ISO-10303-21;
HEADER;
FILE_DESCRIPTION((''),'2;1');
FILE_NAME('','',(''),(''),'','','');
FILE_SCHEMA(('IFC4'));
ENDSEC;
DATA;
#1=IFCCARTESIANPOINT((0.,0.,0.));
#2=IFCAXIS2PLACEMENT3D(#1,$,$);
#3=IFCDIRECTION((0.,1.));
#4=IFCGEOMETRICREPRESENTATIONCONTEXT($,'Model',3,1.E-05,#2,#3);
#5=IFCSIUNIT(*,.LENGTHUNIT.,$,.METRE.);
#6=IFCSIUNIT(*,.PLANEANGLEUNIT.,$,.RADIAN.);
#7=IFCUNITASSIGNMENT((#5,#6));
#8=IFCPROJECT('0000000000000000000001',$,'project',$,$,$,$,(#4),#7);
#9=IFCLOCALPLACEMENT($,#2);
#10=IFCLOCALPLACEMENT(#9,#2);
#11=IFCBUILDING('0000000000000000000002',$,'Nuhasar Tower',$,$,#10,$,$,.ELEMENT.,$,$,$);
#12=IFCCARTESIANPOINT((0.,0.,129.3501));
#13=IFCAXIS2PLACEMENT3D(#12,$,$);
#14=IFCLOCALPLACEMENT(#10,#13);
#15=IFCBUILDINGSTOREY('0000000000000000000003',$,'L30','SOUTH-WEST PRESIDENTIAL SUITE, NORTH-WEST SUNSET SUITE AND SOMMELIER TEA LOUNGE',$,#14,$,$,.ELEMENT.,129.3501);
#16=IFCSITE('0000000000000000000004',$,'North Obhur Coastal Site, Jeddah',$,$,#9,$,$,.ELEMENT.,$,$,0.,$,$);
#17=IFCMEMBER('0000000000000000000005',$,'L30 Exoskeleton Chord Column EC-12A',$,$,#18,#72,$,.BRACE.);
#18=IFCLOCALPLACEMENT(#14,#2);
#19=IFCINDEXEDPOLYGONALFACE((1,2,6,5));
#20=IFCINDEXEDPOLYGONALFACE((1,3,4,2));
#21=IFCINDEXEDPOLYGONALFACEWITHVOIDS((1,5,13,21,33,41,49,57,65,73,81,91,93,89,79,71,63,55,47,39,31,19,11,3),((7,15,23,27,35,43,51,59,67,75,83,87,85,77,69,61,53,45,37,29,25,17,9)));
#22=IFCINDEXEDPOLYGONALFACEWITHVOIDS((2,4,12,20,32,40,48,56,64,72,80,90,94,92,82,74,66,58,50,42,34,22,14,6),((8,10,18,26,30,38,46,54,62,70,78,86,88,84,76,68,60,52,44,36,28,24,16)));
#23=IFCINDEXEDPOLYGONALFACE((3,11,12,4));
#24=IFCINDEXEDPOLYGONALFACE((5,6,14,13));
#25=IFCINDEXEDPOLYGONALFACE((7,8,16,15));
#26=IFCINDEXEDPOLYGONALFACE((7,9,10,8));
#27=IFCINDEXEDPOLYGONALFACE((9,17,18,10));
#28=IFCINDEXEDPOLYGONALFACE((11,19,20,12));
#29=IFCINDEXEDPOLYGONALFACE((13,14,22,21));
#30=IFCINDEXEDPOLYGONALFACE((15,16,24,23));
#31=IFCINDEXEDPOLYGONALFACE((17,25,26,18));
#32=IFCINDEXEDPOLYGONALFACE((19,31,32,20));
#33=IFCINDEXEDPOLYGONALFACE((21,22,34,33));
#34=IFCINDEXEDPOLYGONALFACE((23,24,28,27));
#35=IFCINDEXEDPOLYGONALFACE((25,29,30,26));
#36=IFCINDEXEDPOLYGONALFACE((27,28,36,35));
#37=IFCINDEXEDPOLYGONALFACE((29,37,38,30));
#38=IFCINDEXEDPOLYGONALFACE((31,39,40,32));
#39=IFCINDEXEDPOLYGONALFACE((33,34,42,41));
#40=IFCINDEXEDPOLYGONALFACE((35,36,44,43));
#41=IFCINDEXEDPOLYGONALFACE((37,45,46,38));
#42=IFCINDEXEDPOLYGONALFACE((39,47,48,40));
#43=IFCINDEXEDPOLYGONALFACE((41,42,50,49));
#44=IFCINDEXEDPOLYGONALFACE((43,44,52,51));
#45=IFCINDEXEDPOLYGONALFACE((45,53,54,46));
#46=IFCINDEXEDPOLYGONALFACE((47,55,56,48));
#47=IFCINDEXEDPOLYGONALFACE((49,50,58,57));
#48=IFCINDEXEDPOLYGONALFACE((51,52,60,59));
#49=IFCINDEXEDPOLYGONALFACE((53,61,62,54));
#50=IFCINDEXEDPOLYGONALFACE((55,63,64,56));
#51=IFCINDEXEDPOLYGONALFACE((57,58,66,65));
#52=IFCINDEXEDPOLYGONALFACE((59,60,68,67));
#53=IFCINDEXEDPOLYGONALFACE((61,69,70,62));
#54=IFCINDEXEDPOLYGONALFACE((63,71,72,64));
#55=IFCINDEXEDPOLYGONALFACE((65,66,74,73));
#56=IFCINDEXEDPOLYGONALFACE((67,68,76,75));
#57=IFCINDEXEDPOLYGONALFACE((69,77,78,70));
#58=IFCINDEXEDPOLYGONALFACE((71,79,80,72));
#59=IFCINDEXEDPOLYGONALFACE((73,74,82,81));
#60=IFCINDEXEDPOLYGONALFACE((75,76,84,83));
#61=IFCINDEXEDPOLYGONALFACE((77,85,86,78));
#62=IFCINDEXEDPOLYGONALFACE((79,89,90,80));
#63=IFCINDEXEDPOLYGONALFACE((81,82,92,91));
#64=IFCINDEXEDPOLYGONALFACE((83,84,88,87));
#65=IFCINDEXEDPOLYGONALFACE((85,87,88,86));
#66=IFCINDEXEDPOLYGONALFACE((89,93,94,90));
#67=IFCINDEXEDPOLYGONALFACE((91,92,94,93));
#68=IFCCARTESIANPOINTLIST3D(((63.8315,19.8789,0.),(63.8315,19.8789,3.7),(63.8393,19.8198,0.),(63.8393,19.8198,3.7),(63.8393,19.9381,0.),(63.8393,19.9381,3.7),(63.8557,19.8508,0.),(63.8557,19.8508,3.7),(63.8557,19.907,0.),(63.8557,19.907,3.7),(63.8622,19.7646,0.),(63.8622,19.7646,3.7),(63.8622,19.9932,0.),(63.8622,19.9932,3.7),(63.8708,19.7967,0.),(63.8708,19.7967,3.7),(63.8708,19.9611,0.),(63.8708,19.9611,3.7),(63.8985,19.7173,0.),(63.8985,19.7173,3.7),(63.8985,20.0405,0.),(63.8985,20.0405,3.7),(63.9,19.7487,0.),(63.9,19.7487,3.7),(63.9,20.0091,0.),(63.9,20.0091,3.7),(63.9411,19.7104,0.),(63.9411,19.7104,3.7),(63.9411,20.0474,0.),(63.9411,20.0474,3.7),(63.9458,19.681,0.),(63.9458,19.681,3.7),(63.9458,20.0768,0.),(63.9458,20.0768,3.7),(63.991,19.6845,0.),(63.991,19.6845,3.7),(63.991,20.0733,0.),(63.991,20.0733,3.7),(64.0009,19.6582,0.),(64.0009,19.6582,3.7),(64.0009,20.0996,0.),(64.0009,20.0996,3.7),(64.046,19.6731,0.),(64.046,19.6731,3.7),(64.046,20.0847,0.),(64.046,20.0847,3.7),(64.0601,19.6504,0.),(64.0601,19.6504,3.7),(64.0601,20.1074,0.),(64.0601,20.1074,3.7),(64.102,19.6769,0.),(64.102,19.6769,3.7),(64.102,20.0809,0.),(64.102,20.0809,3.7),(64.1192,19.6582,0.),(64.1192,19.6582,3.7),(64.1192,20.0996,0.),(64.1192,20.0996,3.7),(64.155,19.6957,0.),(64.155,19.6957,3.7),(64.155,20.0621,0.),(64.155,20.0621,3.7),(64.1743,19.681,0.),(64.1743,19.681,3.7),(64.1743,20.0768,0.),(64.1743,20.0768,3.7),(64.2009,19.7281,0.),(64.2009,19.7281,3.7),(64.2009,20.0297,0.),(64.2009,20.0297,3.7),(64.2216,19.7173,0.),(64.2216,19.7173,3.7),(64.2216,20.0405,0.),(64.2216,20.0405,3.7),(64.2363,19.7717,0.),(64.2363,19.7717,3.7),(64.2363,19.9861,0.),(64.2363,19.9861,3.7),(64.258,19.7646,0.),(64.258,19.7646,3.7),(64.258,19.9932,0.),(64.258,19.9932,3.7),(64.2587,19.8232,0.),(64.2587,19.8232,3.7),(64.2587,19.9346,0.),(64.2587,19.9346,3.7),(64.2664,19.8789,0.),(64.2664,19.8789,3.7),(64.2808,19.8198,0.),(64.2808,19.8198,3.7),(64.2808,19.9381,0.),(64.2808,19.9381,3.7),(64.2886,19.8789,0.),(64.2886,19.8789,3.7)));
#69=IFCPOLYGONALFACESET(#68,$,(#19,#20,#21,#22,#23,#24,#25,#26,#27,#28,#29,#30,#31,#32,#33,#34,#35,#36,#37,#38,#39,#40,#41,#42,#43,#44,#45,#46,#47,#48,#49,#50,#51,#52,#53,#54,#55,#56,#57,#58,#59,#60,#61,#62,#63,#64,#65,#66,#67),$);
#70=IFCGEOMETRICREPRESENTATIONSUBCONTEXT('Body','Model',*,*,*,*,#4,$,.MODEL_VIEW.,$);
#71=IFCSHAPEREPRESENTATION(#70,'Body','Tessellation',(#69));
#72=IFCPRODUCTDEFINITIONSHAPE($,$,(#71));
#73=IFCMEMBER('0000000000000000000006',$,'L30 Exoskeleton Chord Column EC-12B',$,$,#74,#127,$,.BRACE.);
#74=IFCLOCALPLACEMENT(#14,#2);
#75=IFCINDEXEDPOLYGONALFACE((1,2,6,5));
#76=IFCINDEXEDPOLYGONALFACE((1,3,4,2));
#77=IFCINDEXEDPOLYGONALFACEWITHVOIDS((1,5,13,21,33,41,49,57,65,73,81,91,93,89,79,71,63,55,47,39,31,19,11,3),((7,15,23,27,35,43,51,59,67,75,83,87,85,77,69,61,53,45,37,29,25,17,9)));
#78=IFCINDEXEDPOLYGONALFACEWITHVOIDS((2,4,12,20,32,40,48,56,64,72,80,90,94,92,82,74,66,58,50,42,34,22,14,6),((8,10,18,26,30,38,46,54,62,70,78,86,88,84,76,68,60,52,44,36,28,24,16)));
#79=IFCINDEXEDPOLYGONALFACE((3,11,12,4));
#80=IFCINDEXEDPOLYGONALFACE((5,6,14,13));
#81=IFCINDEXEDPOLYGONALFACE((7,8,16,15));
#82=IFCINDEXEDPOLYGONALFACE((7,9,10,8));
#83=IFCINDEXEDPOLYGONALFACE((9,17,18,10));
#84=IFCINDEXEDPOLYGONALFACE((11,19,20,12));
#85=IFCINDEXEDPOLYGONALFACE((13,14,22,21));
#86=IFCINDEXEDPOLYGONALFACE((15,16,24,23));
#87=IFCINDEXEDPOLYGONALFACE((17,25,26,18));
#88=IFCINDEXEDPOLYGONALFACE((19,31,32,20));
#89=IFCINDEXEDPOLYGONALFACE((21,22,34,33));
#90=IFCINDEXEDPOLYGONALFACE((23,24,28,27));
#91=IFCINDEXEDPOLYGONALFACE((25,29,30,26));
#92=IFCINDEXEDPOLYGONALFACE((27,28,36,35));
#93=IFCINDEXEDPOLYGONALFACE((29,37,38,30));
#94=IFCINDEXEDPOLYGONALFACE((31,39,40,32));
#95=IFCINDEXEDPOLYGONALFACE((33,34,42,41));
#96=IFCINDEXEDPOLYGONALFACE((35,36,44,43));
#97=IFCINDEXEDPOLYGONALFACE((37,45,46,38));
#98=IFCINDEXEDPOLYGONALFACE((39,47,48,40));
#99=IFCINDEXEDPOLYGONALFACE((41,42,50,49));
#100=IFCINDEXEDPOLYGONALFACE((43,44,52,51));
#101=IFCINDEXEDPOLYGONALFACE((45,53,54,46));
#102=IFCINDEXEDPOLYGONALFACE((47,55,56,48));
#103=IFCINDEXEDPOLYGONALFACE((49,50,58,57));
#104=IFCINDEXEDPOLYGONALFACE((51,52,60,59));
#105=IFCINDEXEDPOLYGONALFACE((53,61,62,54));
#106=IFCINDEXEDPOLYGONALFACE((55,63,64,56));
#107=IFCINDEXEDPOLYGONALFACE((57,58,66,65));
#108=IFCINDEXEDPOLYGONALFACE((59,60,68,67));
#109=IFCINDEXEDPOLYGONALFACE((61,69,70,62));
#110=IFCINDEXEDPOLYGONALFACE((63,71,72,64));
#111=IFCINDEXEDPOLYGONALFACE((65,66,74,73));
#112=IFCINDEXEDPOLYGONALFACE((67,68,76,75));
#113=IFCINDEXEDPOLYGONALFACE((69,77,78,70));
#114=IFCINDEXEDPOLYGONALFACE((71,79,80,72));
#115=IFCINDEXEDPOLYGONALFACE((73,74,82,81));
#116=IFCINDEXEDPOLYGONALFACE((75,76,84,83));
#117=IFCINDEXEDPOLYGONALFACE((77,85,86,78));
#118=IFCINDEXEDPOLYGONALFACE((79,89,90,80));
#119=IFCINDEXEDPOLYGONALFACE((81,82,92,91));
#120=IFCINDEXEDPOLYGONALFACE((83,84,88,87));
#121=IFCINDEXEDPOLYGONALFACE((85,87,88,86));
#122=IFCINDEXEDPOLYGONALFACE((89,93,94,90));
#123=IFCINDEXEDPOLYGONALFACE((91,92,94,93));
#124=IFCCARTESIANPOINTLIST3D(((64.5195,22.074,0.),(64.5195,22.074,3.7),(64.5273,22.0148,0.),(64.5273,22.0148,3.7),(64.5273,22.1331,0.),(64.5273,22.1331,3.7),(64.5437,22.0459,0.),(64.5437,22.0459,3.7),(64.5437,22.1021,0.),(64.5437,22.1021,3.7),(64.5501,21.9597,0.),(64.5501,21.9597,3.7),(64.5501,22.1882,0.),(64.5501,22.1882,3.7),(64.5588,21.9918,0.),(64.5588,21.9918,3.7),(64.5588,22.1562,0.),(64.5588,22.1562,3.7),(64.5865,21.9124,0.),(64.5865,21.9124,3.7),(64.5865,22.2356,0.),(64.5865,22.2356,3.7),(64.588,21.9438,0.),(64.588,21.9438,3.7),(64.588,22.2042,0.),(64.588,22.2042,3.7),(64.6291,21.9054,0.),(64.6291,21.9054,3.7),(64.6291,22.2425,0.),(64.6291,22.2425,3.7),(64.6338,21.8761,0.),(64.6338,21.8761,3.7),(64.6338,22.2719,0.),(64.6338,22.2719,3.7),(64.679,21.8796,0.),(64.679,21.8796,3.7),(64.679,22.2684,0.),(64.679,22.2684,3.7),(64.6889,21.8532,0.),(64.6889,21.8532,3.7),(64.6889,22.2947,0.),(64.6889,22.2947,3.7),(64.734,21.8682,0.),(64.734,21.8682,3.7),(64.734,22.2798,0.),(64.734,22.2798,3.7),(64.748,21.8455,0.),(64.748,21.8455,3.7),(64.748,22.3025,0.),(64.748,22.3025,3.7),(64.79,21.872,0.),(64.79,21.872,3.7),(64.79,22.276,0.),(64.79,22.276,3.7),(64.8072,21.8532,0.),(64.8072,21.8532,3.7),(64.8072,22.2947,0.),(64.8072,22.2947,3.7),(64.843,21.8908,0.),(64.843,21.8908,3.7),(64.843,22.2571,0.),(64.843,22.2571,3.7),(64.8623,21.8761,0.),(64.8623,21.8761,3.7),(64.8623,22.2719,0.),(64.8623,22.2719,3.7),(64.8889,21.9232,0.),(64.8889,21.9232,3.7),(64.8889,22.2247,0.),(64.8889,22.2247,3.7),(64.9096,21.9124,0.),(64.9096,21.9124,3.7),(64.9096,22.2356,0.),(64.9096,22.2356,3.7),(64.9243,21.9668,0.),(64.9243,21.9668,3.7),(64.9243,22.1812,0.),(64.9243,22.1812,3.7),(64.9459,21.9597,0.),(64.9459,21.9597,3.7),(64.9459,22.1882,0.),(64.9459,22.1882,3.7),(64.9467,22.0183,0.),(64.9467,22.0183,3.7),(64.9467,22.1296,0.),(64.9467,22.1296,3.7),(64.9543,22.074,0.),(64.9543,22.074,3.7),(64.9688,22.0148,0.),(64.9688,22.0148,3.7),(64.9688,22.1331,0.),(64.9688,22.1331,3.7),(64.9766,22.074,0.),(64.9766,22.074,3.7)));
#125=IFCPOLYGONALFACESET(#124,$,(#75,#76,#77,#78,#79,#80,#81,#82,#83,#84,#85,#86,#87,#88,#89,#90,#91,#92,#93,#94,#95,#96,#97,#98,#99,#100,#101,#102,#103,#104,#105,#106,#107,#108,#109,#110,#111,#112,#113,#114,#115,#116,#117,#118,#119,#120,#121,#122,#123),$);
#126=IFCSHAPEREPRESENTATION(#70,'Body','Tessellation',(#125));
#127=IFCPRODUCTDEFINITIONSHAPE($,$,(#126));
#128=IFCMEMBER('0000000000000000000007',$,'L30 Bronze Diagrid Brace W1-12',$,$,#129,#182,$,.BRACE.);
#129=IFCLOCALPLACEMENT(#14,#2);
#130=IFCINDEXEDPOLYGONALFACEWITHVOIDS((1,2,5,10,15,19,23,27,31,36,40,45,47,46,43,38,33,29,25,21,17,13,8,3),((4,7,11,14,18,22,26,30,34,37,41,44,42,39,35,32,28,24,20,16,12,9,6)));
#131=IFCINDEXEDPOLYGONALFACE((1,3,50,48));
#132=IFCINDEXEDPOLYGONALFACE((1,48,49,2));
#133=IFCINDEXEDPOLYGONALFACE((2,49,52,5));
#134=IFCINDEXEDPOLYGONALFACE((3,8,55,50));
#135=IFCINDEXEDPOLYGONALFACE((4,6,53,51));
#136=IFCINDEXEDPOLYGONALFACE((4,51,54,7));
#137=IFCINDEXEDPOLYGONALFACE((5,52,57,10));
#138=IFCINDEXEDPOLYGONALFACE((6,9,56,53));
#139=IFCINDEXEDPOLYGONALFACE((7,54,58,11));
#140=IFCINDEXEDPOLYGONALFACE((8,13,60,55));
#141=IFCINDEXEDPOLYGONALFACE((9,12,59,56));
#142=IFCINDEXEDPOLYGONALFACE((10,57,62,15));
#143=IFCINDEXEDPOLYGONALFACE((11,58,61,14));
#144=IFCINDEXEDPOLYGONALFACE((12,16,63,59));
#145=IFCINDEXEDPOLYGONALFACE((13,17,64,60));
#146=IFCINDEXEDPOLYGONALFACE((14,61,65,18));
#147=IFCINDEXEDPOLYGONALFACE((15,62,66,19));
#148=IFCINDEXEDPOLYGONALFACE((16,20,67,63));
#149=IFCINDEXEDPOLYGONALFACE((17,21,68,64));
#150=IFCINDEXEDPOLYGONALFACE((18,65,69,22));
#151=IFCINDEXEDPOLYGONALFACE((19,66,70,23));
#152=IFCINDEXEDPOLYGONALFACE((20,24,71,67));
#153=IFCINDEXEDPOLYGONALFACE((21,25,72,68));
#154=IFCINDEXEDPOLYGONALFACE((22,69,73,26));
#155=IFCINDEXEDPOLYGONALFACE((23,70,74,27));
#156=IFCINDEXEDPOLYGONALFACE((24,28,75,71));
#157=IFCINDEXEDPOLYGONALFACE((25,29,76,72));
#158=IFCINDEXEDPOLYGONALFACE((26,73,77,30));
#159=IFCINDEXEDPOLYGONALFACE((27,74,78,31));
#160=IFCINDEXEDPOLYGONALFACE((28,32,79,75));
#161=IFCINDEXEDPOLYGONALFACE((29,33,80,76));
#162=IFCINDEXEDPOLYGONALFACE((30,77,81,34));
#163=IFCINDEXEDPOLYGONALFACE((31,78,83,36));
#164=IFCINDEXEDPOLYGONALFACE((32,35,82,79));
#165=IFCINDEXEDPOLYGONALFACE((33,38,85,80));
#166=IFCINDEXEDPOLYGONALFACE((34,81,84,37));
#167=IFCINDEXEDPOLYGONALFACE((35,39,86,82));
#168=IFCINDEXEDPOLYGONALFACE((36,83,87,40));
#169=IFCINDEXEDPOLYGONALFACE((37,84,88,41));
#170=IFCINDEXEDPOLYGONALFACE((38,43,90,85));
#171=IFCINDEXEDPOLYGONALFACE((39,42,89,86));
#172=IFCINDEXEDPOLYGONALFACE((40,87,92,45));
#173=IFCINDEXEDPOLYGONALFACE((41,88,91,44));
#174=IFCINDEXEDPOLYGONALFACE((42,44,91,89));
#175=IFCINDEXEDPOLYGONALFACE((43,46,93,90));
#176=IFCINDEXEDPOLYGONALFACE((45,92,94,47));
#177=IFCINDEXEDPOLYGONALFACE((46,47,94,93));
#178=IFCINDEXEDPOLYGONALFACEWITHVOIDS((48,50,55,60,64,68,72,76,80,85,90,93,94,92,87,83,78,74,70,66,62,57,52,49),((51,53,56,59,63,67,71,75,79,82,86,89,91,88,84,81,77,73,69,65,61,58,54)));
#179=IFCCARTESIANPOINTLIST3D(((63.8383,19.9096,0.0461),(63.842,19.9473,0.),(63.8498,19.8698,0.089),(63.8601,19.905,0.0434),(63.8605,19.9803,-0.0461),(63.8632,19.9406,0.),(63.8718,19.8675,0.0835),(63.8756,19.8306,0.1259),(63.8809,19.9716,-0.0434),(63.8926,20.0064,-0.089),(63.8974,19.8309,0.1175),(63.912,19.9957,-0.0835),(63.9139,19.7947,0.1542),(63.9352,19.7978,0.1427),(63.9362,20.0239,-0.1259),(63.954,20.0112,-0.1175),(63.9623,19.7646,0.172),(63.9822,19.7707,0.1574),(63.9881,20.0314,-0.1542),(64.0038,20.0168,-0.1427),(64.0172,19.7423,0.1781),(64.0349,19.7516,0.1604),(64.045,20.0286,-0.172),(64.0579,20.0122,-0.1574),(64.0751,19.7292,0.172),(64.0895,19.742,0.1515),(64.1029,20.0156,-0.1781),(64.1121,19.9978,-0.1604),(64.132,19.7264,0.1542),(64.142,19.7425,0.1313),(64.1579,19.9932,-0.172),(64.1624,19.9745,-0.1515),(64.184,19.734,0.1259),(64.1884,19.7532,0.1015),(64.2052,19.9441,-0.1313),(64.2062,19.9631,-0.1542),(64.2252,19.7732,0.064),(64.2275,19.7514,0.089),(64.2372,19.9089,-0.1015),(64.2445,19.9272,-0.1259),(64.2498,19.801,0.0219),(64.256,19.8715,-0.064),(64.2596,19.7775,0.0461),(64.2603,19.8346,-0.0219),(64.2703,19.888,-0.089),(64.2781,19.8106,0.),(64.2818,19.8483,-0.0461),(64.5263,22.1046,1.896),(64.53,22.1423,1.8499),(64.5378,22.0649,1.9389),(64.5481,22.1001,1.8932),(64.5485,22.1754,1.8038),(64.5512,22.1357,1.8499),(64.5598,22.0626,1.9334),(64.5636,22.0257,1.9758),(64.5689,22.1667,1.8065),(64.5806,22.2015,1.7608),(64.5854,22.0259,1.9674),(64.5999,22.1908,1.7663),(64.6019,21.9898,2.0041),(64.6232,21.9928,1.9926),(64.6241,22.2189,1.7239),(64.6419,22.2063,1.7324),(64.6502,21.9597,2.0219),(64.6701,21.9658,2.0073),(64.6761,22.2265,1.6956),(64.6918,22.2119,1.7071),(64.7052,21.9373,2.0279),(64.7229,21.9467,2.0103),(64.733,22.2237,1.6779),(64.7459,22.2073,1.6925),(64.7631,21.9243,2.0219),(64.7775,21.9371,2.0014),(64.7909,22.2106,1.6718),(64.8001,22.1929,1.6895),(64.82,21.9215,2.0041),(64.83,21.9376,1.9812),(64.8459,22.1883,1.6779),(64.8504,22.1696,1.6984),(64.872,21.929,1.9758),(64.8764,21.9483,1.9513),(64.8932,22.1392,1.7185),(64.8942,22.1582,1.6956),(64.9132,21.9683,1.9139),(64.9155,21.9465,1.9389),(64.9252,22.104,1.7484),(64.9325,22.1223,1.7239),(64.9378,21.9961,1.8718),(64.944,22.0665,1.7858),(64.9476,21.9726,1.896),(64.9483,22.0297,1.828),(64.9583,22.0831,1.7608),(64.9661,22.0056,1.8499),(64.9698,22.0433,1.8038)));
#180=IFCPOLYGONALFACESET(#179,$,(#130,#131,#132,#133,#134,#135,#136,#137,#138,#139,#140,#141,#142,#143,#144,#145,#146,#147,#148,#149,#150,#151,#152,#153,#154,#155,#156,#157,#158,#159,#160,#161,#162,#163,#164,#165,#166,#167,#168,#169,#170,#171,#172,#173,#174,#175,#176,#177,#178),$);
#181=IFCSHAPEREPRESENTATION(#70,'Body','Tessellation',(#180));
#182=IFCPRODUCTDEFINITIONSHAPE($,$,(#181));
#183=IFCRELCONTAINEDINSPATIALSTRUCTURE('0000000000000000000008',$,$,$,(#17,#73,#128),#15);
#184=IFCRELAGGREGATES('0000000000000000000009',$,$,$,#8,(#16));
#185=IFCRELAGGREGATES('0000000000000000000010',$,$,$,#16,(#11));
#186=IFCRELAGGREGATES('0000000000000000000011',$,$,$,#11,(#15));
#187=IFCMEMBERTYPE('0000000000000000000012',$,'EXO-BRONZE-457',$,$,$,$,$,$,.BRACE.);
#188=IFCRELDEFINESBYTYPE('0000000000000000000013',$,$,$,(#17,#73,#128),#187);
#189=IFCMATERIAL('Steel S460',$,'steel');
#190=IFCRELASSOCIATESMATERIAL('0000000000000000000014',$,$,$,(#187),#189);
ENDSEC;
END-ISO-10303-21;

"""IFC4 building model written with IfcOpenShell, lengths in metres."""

from ifc_helpers import new_model, si_unit, direction, frame, origin, origin_2d, place, context, subcontext, project, spatial, hollow_circle, extrude, material, material_profile, profile_set, type_object, element, save


model = new_model("IFC4")

# Units and contexts
model_context = context("Model", 3, precision=1e-05, world=origin(), true_north=direction((0.0, 1.0)))
body_context = subcontext(model_context, "Body", "Model", "MODEL_VIEW")
ifc_project = project(units=[si_unit("LENGTHUNIT", "METRE"), si_unit("PLANEANGLEUNIT", "RADIAN")], contexts=[model_context])

# Site, building, storey
site_placement = place(None, origin())
site = spatial("IfcSite", under=ifc_project, at=site_placement, Name="North Obhur Coastal Site, Jeddah", CompositionType="ELEMENT", RefElevation=0.0)
building_placement = place(site_placement, origin())
building = spatial("IfcBuilding", under=site, at=building_placement, Name="Nuhasar Tower", CompositionType="ELEMENT")
storey_placement = place(building_placement, frame((0.0, 0.0, 129.3501)))
storey = spatial("IfcBuildingStorey", under=building, at=storey_placement, Name="L30", Description="SOUTH-WEST PRESIDENTIAL SUITE, NORTH-WEST SUNSET SUITE AND SOMMELIER TEA LOUNGE", CompositionType="ELEMENT", Elevation=129.3501)

# Members
ifc_material_1 = material(Name="Steel S460", Category="steel")
ifc_material_profile_1 = material_profile(ifc_material_1, hollow_circle(Radius=0.2285, WallThickness=0.0222, at=origin_2d()), Name="HSS457X22.2")
ifc_profile_set_1 = profile_set([ifc_material_profile_1], Name="Steel S460")
member_type = type_object("IfcMemberType", Name="EXO-BRONZE-457", PredefinedType="BRACE", material=ifc_profile_set_1)
for number, where, z_axis, x_axis, name in (
    (1, (64.0601, 19.8789, 0.0), (0.0, 0.0, 1.0), (1.0, 0.0, 0.0), "L30 Exoskeleton Chord Column EC-12A"),
    (2, (64.748, 22.074, 0.0), (0.0, 0.0, 1.0), (1.0, 0.0, 0.0), "L30 Exoskeleton Chord Column EC-12B"),
):
    element("IfcMember", number, at=place(storey_placement, frame(where, z_axis=z_axis, x_axis=x_axis)), inside=storey, type_object=member_type, Name=name, PredefinedType="BRACE", context=body_context, shape_type="SweptSolid", body=[
        extrude(hollow_circle(Radius=0.2285, WallThickness=0.0222, at=origin_2d()), origin(), (0.0, 0.0, 1.0), 3.7),
    ])
member_1_placement = place(storey_placement, frame((64.0601, 19.8789, 0.0), z_axis=(0.233068, 0.743616, 0.626669), x_axis=(-0.954228, 0.299079, 0.0)))
element("IfcMember", 3, at=member_1_placement, inside=storey, type_object=member_type, Name="L30 Bronze Diagrid Brace W1-12", PredefinedType="BRACE", context=body_context, shape_type="SweptSolid", body=[
    extrude(hollow_circle(Radius=0.2285, WallThickness=0.0222, at=origin_2d()), origin(), (0.0, 0.0, 1.0), 2.9519),
])

save(model, "model.ifc")
